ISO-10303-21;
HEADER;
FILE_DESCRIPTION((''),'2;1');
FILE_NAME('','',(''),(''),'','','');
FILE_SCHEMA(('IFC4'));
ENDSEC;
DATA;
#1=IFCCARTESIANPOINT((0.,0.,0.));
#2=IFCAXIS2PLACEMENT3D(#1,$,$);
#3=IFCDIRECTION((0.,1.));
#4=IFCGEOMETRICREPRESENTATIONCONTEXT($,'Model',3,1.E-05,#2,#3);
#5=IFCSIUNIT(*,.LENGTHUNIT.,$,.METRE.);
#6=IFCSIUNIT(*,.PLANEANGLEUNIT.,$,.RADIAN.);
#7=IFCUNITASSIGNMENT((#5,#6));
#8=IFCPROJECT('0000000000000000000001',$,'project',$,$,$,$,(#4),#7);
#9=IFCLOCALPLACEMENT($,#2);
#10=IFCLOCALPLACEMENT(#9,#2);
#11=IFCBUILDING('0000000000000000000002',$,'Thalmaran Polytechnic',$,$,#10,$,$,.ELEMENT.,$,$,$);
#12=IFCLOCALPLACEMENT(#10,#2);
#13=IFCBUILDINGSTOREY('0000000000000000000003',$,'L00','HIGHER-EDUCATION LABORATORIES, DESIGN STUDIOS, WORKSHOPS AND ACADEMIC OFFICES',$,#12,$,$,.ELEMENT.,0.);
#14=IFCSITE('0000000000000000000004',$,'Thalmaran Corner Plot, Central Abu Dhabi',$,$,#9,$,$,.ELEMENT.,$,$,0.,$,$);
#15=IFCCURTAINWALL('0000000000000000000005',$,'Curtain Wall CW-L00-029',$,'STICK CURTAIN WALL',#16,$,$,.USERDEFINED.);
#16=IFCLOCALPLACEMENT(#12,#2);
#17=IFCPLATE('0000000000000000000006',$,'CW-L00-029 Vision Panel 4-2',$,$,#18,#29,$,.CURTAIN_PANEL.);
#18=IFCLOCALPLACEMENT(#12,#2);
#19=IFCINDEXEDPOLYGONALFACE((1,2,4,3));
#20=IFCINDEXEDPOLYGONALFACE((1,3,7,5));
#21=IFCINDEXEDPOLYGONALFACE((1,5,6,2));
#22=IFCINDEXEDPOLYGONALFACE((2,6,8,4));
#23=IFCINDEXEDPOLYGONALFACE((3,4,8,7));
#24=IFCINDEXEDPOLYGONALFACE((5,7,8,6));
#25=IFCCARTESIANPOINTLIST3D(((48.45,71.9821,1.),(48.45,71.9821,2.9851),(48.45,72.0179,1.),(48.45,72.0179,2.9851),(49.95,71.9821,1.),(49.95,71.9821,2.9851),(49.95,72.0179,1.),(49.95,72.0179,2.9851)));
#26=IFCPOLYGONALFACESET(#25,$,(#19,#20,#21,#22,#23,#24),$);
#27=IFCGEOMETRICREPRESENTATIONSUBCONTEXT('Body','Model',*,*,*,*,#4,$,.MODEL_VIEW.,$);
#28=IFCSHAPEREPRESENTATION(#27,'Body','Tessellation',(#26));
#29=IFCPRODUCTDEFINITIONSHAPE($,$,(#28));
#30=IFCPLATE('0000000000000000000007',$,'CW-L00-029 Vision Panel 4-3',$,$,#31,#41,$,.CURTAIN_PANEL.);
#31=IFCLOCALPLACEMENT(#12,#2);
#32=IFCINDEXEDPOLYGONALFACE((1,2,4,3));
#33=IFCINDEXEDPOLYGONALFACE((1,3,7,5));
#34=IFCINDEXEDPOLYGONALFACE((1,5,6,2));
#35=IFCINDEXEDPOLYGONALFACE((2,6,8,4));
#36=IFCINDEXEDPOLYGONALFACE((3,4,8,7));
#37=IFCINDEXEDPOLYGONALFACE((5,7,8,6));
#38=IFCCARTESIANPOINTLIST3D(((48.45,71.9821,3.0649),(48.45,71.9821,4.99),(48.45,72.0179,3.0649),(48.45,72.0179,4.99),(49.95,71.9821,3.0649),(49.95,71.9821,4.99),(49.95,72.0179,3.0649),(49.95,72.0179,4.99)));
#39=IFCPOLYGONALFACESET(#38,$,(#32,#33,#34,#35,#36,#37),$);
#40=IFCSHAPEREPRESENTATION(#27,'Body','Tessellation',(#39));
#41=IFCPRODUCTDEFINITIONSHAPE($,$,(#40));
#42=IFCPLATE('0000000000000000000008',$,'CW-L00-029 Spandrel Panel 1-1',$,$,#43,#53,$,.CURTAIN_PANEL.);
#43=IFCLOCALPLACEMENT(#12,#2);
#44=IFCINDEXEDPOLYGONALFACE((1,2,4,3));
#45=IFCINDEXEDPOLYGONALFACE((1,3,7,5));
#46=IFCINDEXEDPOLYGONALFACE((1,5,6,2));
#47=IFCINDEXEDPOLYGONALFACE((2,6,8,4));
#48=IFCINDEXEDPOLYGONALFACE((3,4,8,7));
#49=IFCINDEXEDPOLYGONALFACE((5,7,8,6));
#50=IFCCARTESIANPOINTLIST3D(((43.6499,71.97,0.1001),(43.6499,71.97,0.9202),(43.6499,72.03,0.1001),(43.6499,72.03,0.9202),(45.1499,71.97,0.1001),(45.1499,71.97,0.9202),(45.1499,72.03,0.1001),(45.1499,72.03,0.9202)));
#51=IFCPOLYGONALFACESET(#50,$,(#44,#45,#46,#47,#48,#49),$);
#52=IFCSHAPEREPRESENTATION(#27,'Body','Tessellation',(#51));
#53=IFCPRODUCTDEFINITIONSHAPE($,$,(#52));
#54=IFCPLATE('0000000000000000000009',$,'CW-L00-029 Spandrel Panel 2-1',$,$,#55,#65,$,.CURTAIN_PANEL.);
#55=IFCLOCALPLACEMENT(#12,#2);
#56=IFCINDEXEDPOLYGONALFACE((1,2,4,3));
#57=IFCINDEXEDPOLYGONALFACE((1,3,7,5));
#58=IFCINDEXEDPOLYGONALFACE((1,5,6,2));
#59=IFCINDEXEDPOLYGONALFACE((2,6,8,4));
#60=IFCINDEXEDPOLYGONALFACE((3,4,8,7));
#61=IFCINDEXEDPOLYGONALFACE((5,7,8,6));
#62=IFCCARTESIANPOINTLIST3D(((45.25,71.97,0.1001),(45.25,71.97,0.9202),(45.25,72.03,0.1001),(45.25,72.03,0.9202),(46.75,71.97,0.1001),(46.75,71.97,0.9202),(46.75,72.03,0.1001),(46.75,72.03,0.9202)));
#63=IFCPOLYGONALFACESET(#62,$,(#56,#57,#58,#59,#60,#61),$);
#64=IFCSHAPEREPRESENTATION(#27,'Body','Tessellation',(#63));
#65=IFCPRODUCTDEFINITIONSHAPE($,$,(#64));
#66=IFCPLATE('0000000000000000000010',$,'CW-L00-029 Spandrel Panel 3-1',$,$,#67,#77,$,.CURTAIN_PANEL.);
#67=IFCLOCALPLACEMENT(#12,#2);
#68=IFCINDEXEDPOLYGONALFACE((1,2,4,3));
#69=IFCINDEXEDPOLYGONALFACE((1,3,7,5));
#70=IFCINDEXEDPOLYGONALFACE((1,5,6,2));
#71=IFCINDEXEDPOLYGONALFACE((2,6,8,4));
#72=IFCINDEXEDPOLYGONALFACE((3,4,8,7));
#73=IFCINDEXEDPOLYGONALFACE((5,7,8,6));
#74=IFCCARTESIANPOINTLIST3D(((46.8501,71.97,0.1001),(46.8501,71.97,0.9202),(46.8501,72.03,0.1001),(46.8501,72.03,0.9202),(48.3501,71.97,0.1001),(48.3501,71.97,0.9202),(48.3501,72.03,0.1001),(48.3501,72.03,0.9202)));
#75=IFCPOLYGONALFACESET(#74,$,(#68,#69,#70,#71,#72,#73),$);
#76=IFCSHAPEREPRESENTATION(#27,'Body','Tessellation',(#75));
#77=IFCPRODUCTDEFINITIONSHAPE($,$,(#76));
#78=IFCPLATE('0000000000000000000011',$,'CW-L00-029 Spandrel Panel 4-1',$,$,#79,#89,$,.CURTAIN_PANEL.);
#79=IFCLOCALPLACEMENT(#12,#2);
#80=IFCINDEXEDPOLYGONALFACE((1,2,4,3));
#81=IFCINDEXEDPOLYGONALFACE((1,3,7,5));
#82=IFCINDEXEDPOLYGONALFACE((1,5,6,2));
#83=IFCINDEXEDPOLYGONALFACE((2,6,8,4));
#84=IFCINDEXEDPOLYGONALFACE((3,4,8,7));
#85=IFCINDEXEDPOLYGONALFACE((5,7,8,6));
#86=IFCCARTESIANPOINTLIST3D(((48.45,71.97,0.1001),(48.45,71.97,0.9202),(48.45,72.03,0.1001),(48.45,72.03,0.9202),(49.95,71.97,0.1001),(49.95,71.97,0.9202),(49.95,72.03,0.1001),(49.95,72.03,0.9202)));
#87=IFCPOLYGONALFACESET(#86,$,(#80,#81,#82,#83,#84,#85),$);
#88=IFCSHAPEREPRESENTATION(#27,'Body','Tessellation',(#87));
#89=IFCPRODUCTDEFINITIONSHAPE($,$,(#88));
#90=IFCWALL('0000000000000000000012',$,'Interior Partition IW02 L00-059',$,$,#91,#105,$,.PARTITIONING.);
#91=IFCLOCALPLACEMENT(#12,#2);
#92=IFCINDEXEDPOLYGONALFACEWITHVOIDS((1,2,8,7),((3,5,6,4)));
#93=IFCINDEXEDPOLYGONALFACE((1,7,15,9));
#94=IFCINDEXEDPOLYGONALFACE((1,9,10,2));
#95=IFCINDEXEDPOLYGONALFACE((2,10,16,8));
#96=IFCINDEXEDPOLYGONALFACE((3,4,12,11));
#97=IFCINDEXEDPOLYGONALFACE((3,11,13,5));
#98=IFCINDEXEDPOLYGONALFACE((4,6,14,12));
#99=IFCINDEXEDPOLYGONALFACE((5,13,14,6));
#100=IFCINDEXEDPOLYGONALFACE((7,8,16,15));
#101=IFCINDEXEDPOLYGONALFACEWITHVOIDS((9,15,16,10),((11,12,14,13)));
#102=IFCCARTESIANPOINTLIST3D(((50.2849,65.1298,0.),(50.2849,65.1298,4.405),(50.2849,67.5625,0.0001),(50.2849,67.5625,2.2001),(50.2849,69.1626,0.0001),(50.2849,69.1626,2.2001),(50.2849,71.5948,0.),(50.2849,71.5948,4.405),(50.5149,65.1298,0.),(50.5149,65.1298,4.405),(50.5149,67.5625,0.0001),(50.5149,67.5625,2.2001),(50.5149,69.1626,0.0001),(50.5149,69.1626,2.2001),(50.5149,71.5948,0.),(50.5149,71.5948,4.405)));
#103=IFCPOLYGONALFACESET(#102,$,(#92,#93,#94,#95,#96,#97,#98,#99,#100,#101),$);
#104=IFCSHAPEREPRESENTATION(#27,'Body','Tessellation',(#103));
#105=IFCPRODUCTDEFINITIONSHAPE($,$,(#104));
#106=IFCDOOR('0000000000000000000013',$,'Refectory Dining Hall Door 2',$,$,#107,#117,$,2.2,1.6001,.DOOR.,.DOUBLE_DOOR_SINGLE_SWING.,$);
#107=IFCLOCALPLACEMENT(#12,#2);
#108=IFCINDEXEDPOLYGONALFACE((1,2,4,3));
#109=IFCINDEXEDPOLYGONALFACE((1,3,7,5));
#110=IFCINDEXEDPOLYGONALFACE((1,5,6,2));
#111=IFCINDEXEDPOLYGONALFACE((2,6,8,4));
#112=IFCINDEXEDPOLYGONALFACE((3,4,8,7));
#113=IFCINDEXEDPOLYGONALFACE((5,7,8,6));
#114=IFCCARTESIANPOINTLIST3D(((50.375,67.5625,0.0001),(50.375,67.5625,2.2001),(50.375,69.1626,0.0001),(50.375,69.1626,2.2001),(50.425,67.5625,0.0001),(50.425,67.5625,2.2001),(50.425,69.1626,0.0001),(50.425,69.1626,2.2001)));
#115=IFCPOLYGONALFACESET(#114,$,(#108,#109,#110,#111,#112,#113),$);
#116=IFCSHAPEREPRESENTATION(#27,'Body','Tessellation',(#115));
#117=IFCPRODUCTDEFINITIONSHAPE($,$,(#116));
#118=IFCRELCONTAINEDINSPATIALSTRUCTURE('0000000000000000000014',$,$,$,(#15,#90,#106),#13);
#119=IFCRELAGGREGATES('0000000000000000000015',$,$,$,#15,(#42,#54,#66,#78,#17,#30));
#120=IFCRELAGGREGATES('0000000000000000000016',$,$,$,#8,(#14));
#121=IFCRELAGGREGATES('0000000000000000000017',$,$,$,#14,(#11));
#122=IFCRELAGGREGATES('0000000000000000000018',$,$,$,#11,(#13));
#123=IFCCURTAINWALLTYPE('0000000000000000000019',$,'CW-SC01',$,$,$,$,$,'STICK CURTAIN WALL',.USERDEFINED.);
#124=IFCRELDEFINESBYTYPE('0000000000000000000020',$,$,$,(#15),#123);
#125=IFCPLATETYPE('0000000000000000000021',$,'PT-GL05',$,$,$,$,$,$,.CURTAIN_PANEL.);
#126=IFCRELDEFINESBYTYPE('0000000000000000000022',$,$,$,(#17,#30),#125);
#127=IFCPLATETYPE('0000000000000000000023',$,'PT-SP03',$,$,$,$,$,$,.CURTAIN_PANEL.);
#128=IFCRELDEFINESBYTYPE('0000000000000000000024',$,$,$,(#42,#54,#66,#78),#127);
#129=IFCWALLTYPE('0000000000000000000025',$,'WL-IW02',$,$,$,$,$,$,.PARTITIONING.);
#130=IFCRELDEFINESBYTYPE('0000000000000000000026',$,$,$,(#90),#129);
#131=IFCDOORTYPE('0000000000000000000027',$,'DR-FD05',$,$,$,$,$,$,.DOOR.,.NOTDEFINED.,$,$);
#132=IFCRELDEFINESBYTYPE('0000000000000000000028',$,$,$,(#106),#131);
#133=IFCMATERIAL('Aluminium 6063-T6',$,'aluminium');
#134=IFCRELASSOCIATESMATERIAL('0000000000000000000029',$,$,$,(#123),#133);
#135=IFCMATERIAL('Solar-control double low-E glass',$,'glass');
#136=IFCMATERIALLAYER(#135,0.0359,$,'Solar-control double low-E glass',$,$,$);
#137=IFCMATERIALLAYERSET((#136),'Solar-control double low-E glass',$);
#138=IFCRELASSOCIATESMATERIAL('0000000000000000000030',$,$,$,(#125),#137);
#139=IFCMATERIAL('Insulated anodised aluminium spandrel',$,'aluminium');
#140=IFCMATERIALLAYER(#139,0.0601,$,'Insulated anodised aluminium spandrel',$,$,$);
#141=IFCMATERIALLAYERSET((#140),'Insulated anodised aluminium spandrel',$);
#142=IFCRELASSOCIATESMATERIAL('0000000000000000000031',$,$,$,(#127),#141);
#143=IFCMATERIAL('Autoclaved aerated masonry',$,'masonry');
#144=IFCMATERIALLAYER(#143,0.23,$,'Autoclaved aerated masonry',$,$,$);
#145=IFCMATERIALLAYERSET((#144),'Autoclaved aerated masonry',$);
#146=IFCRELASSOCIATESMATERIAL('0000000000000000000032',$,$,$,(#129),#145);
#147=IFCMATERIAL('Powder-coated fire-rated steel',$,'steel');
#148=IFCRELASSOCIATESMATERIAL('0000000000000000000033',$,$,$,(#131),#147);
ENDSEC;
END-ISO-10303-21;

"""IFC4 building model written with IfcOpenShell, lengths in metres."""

from ifc_helpers import new_model, si_unit, direction, frame, frame_2d, origin, origin_2d, place, context, subcontext, project, spatial, rectangle, extrude, material, layer, layer_set, type_object, element, fill, aggregate, save


model = new_model("IFC4")

# Units and contexts
model_context = context("Model", 3, precision=1e-05, world=origin(), true_north=direction((0.0, 1.0)))
body_context = subcontext(model_context, "Body", "Model", "MODEL_VIEW")
ifc_project = project(units=[si_unit("LENGTHUNIT", "METRE"), si_unit("PLANEANGLEUNIT", "RADIAN")], contexts=[model_context])

# Site, building, storey
site_placement = place(None, origin())
site = spatial("IfcSite", under=ifc_project, at=site_placement, Name="Thalmaran Corner Plot, Central Abu Dhabi", CompositionType="ELEMENT", RefElevation=0.0)
building_placement = place(site_placement, origin())
building = spatial("IfcBuilding", under=site, at=building_placement, Name="Thalmaran Polytechnic", CompositionType="ELEMENT")
storey_placement = place(building_placement, origin())
storey = spatial("IfcBuildingStorey", under=building, at=storey_placement, Name="L00", Description="HIGHER-EDUCATION LABORATORIES, DESIGN STUDIOS, WORKSHOPS AND ACADEMIC OFFICES", CompositionType="ELEMENT", Elevation=0.0)

# Curtain wall, plates
ifc_material_1 = material(Name="Aluminium 6063-T6", Category="aluminium")
curtain_wall_type = type_object("IfcCurtainWallType", Name="CW-SC01", ElementType="STICK CURTAIN WALL", PredefinedType="USERDEFINED", material=ifc_material_1)
curtain_wall_placement = place(storey_placement, origin())
curtain_wall = element("IfcCurtainWall", 1, at=curtain_wall_placement, inside=storey, type_object=curtain_wall_type, Name="Curtain Wall CW-L00-029", ObjectType="STICK CURTAIN WALL", PredefinedType="USERDEFINED")
ifc_material_2 = material(Name="Solar-control double low-E glass", Category="glass")
ifc_layer_1 = layer(ifc_material_2, 0.0359, Name="Solar-control double low-E glass")
ifc_layer_set_1 = layer_set([ifc_layer_1], Name="Solar-control double low-E glass")
plate_type_1 = type_object("IfcPlateType", Name="PT-GL05", PredefinedType="CURTAIN_PANEL", material=ifc_layer_set_1)
plate_1_placement = place(storey_placement, frame((49.2, 72.0, 1.0), z_axis=(0.0, 0.0, 1.0), x_axis=(1.0, 0.0, 0.0)))
plate_1 = element("IfcPlate", 2, at=plate_1_placement, type_object=plate_type_1, Name="CW-L00-029 Vision Panel 4-2", PredefinedType="CURTAIN_PANEL", context=body_context, shape_type="SweptSolid", body=[
    extrude(rectangle(XDim=1.5, YDim=0.0359, at=origin_2d()), origin(), (0.0, 0.0, 1.0), 1.9851),
])
plate_2_placement = place(storey_placement, frame((49.2, 72.0, 3.0649), z_axis=(0.0, 0.0, 1.0), x_axis=(1.0, 0.0, 0.0)))
plate_2 = element("IfcPlate", 3, at=plate_2_placement, type_object=plate_type_1, Name="CW-L00-029 Vision Panel 4-3", PredefinedType="CURTAIN_PANEL", context=body_context, shape_type="SweptSolid", body=[
    extrude(rectangle(XDim=1.5, YDim=0.0359, at=origin_2d()), origin(), (0.0, 0.0, 1.0), 1.925),
])
ifc_material_3 = material(Name="Insulated anodised aluminium spandrel", Category="aluminium")
ifc_layer_2 = layer(ifc_material_3, 0.0601, Name="Insulated anodised aluminium spandrel")
ifc_layer_set_2 = layer_set([ifc_layer_2], Name="Insulated anodised aluminium spandrel")
plate_type_2 = type_object("IfcPlateType", Name="PT-SP03", PredefinedType="CURTAIN_PANEL", material=ifc_layer_set_2)
plate_3_placement = place(storey_placement, frame((44.3999, 72.0, 0.1001), z_axis=(0.0, 0.0, 1.0), x_axis=(1.0, 0.0, 0.0)))
plate_3 = element("IfcPlate", 4, at=plate_3_placement, type_object=plate_type_2, Name="CW-L00-029 Spandrel Panel 1-1", PredefinedType="CURTAIN_PANEL", context=body_context, shape_type="SweptSolid", body=[
    extrude(rectangle(XDim=1.5, YDim=0.0601, at=origin_2d()), origin(), (0.0, 0.0, 1.0), 0.8201),
])
plate_4_placement = place(storey_placement, frame((46.0, 72.0, 0.1001), z_axis=(0.0, 0.0, 1.0), x_axis=(1.0, 0.0, 0.0)))
plate_4 = element("IfcPlate", 5, at=plate_4_placement, type_object=plate_type_2, Name="CW-L00-029 Spandrel Panel 2-1", PredefinedType="CURTAIN_PANEL", context=body_context, shape_type="SweptSolid", body=[
    extrude(rectangle(XDim=1.5, YDim=0.0601, at=origin_2d()), origin(), (0.0, 0.0, 1.0), 0.8201),
])
plate_5_placement = place(storey_placement, frame((47.6001, 72.0, 0.1001), z_axis=(0.0, 0.0, 1.0), x_axis=(1.0, 0.0, 0.0)))
plate_5 = element("IfcPlate", 6, at=plate_5_placement, type_object=plate_type_2, Name="CW-L00-029 Spandrel Panel 3-1", PredefinedType="CURTAIN_PANEL", context=body_context, shape_type="SweptSolid", body=[
    extrude(rectangle(XDim=1.5, YDim=0.0601, at=origin_2d()), origin(), (0.0, 0.0, 1.0), 0.8201),
])
plate_6_placement = place(storey_placement, frame((49.2, 72.0, 0.1001), z_axis=(0.0, 0.0, 1.0), x_axis=(1.0, 0.0, 0.0)))
plate_6 = element("IfcPlate", 7, at=plate_6_placement, type_object=plate_type_2, Name="CW-L00-029 Spandrel Panel 4-1", PredefinedType="CURTAIN_PANEL", context=body_context, shape_type="SweptSolid", body=[
    extrude(rectangle(XDim=1.5, YDim=0.0601, at=origin_2d()), origin(), (0.0, 0.0, 1.0), 0.8201),
])
aggregate(curtain_wall, [plate_3, plate_4, plate_5, plate_6, plate_1, plate_2])

# Wall, opening, door
ifc_material_4 = material(Name="Autoclaved aerated masonry", Category="masonry")
ifc_layer_3 = layer(ifc_material_4, 0.23, Name="Autoclaved aerated masonry")
ifc_layer_set_3 = layer_set([ifc_layer_3], Name="Autoclaved aerated masonry")
wall_type = type_object("IfcWallType", Name="WL-IW02", PredefinedType="PARTITIONING", material=ifc_layer_set_3)
wall_placement = place(storey_placement, frame((50.3999, 65.1299, 0.0), z_axis=(0.0, 0.0, 1.0), x_axis=(0.0, 1.0, 0.0)))
wall = element("IfcWall", 8, at=wall_placement, inside=storey, type_object=wall_type, Name="Interior Partition IW02 L00-059", PredefinedType="PARTITIONING", context=body_context, shape_type="SweptSolid", body=[
    extrude(rectangle(XDim=6.4651, YDim=0.23, at=frame_2d((3.2324, 0.0))), origin(), (0.0, 0.0, 1.0), 4.405),
])
opening_placement = place(wall_placement, frame((2.4326, 0.0, 0.0)))
opening = element("IfcOpeningElement", 9, at=opening_placement, cuts=wall, PredefinedType="OPENING", context=body_context, shape_type="SweptSolid", body=[
    extrude(rectangle(XDim=1.6001, YDim=2.2, at=frame_2d((0.8, 1.1001))), frame((0.0, 0.125, 0.0), z_axis=(0.0, -1.0, 0.0), x_axis=(1.0, 0.0, 0.0)), (0.0, 0.0, 1.0), 0.25),
])
ifc_material_5 = material(Name="Powder-coated fire-rated steel", Category="steel")
door_type = type_object("IfcDoorType", Name="DR-FD05", OperationType="NOTDEFINED", PredefinedType="DOOR", material=ifc_material_5)
door_placement = place(opening_placement, origin())
door = element("IfcDoor", 10, at=door_placement, inside=storey, type_object=door_type, Name="Refectory Dining Hall Door 2", OperationType="DOUBLE_DOOR_SINGLE_SWING", OverallHeight=2.2, OverallWidth=1.6001, PredefinedType="DOOR", context=body_context, shape_type="SweptSolid", body=[
    extrude(rectangle(XDim=1.6001, YDim=2.2, at=frame_2d((0.8, 1.1001))), frame((0.0, 0.0249, 0.0), z_axis=(0.0, -1.0, 0.0), x_axis=(1.0, 0.0, 0.0)), (0.0, 0.0, 1.0), 0.05),
])
fill(opening, door)

save(model, "model.ifc")
